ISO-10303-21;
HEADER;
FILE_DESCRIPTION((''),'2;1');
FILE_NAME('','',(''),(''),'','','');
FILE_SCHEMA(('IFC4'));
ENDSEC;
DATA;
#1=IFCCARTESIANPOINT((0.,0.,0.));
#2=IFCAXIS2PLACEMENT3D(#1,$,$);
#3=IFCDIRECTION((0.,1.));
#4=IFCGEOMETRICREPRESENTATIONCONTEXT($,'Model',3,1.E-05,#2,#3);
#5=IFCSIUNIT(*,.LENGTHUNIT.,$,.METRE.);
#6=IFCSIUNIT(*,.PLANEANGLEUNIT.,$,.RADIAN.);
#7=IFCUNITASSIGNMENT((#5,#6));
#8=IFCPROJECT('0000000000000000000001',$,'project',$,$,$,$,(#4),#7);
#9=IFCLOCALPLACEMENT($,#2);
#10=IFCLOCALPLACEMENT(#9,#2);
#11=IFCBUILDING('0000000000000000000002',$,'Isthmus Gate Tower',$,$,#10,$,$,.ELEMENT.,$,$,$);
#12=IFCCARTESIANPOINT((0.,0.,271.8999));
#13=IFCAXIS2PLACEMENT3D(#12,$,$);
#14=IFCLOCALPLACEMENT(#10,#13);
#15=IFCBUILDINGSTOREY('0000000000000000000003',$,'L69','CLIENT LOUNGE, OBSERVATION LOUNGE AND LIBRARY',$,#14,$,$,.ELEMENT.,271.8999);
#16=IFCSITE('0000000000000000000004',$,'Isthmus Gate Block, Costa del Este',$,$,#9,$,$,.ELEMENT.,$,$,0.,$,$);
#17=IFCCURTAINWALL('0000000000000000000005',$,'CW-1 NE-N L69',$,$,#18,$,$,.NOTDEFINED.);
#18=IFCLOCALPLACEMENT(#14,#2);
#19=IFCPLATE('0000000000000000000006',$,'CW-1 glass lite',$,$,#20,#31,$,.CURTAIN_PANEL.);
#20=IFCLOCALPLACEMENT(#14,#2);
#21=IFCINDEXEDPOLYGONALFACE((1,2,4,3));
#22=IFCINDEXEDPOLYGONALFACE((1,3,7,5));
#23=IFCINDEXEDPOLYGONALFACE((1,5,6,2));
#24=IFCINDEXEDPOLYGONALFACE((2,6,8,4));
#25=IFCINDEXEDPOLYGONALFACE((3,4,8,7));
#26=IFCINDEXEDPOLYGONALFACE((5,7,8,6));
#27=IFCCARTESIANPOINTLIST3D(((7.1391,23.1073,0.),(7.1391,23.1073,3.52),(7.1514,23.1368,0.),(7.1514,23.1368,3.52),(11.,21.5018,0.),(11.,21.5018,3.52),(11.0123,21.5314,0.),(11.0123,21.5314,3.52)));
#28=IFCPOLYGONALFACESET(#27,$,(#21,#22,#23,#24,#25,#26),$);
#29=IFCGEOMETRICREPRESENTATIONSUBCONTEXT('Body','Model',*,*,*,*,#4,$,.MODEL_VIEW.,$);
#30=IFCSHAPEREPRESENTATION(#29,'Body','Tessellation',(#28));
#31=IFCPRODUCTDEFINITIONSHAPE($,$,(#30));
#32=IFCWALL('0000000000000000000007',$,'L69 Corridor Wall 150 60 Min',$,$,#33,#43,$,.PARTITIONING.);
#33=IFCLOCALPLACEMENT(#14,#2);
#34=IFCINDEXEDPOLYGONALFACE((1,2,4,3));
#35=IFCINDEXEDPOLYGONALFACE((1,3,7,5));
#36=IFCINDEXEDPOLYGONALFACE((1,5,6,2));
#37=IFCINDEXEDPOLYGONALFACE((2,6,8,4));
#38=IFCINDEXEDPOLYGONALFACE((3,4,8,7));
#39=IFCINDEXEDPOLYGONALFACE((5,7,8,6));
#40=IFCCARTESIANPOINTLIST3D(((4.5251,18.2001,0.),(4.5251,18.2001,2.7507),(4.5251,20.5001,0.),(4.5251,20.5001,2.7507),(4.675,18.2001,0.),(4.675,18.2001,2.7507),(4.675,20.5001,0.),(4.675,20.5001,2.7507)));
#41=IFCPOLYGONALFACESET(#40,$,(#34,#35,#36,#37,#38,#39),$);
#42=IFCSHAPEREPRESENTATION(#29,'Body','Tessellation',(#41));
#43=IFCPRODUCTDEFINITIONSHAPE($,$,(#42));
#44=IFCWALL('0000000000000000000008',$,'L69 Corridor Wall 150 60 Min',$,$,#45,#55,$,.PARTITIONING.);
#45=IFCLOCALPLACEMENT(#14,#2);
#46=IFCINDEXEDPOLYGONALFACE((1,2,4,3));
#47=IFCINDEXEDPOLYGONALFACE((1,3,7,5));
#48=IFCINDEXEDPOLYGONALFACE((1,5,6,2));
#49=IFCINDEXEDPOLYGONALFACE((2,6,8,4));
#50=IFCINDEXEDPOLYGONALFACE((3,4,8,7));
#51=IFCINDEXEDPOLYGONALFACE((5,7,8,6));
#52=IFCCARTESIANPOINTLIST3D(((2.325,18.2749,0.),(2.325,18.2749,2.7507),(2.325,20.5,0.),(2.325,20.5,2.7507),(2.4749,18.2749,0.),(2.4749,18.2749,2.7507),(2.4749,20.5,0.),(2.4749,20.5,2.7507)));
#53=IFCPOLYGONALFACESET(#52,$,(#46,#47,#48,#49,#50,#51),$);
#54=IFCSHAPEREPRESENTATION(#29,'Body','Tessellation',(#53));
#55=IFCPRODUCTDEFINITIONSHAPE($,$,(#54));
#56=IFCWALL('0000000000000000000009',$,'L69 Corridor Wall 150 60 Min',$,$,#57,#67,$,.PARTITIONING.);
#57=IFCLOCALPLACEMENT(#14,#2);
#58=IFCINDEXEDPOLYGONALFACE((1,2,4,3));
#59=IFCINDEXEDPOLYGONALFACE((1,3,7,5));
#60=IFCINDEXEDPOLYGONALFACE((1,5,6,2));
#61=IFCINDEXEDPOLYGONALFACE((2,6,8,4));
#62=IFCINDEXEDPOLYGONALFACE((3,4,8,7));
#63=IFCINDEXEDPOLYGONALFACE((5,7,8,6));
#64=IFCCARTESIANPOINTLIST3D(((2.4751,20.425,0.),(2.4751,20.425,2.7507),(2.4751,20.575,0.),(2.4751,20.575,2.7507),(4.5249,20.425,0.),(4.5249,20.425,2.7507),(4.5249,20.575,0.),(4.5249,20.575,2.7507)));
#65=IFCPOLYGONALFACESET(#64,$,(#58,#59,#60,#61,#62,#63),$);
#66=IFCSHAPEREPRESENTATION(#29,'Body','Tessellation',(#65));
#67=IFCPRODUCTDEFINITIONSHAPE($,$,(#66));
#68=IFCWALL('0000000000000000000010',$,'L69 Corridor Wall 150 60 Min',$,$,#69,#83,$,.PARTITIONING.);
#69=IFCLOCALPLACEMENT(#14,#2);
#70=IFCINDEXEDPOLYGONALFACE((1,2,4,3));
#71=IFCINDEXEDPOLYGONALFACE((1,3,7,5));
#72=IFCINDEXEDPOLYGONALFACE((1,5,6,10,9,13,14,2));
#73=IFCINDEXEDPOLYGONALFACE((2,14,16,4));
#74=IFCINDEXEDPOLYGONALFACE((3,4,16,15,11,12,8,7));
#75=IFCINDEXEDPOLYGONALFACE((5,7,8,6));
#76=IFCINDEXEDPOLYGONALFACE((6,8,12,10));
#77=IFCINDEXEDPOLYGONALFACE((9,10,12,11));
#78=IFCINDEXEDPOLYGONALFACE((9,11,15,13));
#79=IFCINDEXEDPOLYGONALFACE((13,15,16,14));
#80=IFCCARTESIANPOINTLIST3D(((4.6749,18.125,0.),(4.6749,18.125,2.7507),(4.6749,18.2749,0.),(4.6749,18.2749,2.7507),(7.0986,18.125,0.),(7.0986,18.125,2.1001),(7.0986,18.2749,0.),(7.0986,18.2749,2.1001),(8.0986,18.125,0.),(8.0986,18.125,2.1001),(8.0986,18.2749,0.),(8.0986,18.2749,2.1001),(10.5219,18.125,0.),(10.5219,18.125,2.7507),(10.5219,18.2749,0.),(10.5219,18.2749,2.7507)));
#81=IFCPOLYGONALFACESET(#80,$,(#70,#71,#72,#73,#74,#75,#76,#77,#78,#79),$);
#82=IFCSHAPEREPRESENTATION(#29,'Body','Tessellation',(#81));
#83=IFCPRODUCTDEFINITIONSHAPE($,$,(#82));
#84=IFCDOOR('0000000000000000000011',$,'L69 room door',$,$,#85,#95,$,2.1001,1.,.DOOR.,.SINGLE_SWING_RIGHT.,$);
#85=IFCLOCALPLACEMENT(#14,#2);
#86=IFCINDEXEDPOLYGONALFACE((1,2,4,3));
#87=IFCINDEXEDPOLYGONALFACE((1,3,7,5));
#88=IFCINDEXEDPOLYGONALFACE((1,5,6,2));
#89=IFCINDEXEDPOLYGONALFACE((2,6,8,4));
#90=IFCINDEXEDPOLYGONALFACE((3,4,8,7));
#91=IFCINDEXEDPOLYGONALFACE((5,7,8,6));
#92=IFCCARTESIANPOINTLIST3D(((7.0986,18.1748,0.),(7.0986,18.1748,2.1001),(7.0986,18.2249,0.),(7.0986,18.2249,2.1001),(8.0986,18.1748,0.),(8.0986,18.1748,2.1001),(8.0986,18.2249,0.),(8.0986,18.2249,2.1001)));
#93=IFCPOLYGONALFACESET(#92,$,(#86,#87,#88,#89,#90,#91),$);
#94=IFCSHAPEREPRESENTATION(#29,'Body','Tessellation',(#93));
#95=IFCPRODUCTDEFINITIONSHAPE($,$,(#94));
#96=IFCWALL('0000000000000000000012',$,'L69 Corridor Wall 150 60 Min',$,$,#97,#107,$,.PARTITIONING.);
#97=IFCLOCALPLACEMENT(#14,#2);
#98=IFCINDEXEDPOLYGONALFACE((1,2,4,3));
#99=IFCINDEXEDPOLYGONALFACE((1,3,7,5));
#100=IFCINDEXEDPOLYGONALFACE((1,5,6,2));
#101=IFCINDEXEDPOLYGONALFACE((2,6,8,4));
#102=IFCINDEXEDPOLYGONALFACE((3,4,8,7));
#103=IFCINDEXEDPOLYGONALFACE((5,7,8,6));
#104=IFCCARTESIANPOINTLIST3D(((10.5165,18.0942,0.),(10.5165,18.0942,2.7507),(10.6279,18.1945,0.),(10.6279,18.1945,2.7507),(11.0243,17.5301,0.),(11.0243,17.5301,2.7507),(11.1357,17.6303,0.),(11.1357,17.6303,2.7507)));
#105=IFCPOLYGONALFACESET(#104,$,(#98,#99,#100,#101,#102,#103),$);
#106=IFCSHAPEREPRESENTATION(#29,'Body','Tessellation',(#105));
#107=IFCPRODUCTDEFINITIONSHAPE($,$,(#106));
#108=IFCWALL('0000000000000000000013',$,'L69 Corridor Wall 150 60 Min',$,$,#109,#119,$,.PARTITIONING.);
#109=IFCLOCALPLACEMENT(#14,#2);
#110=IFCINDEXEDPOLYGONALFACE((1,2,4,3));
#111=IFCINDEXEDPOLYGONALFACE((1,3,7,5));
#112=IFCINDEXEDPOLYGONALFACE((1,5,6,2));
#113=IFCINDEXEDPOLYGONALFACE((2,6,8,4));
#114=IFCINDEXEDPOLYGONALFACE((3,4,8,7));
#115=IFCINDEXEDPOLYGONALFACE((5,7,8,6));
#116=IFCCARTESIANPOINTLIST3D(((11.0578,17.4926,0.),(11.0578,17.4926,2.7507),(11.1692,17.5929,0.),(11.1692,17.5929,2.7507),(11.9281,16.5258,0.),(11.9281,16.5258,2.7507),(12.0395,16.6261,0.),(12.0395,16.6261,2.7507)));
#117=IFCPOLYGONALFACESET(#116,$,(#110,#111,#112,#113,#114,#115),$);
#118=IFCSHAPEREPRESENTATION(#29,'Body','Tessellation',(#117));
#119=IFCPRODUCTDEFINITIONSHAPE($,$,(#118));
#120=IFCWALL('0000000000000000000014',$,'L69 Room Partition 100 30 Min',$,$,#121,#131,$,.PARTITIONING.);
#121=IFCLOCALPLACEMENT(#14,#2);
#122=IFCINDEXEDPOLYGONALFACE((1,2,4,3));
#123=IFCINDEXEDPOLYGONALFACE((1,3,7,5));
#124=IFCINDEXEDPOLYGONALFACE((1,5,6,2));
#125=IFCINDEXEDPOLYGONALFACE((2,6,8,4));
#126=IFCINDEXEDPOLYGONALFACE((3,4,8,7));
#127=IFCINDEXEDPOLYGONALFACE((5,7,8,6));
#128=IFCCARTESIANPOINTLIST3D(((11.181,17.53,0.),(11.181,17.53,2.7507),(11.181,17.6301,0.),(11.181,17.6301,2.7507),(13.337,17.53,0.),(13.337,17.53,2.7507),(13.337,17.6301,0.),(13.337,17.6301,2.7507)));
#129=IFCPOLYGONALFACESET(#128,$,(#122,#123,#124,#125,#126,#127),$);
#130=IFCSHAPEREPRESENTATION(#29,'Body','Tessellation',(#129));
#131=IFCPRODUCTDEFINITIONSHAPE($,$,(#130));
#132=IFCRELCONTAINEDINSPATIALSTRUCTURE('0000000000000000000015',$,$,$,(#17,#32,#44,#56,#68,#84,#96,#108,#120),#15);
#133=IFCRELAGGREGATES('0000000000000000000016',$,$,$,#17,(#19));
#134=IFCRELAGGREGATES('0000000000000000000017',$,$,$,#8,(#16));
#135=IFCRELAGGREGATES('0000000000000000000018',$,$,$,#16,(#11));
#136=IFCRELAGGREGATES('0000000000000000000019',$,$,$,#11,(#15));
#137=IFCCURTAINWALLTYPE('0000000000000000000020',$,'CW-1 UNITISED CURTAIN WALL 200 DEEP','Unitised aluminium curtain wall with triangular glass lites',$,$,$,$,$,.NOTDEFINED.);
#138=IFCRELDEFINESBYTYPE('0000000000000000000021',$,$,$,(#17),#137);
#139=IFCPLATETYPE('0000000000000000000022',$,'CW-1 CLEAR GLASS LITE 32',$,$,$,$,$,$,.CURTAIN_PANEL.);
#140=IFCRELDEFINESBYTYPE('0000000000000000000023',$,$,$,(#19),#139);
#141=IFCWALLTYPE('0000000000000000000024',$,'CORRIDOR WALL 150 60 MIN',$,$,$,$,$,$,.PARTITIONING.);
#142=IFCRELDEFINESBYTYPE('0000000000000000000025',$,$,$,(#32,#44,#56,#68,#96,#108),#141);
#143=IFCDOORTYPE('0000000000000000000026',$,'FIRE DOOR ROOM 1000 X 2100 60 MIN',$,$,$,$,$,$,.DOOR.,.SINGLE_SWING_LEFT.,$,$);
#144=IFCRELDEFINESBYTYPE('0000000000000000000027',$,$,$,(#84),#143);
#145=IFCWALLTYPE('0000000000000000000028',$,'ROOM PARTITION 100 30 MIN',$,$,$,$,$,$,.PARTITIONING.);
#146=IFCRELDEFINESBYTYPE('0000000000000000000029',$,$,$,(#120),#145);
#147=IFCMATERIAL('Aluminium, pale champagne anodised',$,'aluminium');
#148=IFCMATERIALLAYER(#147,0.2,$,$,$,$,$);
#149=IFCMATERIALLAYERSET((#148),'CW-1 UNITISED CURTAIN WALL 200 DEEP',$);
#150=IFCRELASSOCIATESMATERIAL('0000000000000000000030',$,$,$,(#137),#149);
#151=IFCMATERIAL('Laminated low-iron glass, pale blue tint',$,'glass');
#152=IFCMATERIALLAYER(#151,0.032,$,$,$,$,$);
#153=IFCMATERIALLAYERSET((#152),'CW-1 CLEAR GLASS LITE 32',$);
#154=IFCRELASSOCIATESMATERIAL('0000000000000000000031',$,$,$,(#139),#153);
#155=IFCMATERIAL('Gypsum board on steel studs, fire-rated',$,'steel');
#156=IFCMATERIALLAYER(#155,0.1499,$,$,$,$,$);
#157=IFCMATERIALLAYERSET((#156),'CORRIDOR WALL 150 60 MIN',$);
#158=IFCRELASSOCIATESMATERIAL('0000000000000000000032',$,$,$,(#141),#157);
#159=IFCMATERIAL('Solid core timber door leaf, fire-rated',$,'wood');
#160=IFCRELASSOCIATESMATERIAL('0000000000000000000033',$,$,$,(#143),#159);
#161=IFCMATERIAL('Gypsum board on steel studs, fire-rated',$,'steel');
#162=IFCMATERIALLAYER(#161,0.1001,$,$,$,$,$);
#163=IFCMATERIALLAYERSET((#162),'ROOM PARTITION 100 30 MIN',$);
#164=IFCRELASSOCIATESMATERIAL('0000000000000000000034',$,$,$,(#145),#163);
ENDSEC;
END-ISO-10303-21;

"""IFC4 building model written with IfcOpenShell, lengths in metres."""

from ifc_helpers import new_model, si_unit, direction, frame, frame_2d, origin, origin_2d, place, context, subcontext, project, spatial, rectangle, extrude, material, layer, layer_set, type_object, element, fill, aggregate, save


model = new_model("IFC4")

# Units and contexts
model_context = context("Model", 3, precision=1e-05, world=origin(), true_north=direction((0.0, 1.0)))
body_context = subcontext(model_context, "Body", "Model", "MODEL_VIEW")
ifc_project = project(units=[si_unit("LENGTHUNIT", "METRE"), si_unit("PLANEANGLEUNIT", "RADIAN")], contexts=[model_context])

# Site, building, storey
site_placement = place(None, origin())
site = spatial("IfcSite", under=ifc_project, at=site_placement, Name="Isthmus Gate Block, Costa del Este", CompositionType="ELEMENT", RefElevation=0.0)
building_placement = place(site_placement, origin())
building = spatial("IfcBuilding", under=site, at=building_placement, Name="Isthmus Gate Tower", CompositionType="ELEMENT")
storey_placement = place(building_placement, frame((0.0, 0.0, 271.8999)))
storey = spatial("IfcBuildingStorey", under=building, at=storey_placement, Name="L69", Description="CLIENT LOUNGE, OBSERVATION LOUNGE AND LIBRARY", CompositionType="ELEMENT", Elevation=271.8999)

# Curtain wall
ifc_material_1 = material(Name="Aluminium, pale champagne anodised", Category="aluminium")
ifc_layer_1 = layer(ifc_material_1, 0.2)
ifc_layer_set_1 = layer_set([ifc_layer_1], Name="CW-1 UNITISED CURTAIN WALL 200 DEEP")
curtain_wall_type = type_object("IfcCurtainWallType", Name="CW-1 UNITISED CURTAIN WALL 200 DEEP", Description="Unitised aluminium curtain wall with triangular glass lites", PredefinedType="NOTDEFINED", material=ifc_layer_set_1)
curtain_wall_1_placement = place(storey_placement, origin())
curtain_wall_1 = element("IfcCurtainWall", 1, at=curtain_wall_1_placement, inside=storey, type_object=curtain_wall_type, Name="CW-1 NE-N L69", PredefinedType="NOTDEFINED")

# Plate
ifc_material_2 = material(Name="Laminated low-iron glass, pale blue tint", Category="glass")
ifc_layer_2 = layer(ifc_material_2, 0.032)
ifc_layer_set_2 = layer_set([ifc_layer_2], Name="CW-1 CLEAR GLASS LITE 32")
plate_type = type_object("IfcPlateType", Name="CW-1 CLEAR GLASS LITE 32", PredefinedType="CURTAIN_PANEL", material=ifc_layer_set_2)
plate_1_placement = place(storey_placement, frame((9.0757, 22.3193, 0.0), z_axis=(0.0, 0.0, 1.0), x_axis=(-0.923353, 0.383952, 0.0)))
plate_1 = element("IfcPlate", 2, at=plate_1_placement, type_object=plate_type, Name="CW-1 glass lite", PredefinedType="CURTAIN_PANEL", context=body_context, shape_type="SweptSolid", body=[
    extrude(rectangle(XDim=4.1814, YDim=0.032, at=origin_2d()), origin(), (0.0, 0.0, 1.0), 3.52),
])
aggregate(curtain_wall_1, [plate_1])

# Walls
ifc_material_3 = material(Name="Gypsum board on steel studs, fire-rated", Category="steel")
ifc_layer_3 = layer(ifc_material_3, 0.1499)
ifc_layer_set_3 = layer_set([ifc_layer_3], Name="CORRIDOR WALL 150 60 MIN")
wall_type_1 = type_object("IfcWallType", Name="CORRIDOR WALL 150 60 MIN", PredefinedType="PARTITIONING", material=ifc_layer_set_3)
wall_1_placement = place(storey_placement, frame((4.6001, 20.5, 0.0), z_axis=(0.0, 0.0, 1.0), x_axis=(0.0, -1.0, 0.0)))
element("IfcWall", 3, at=wall_1_placement, inside=storey, type_object=wall_type_1, Name="L69 Corridor Wall 150 60 Min", PredefinedType="PARTITIONING", context=body_context, shape_type="SweptSolid", body=[
    extrude(rectangle(XDim=2.3, YDim=0.1499, at=frame_2d((1.1499, 0.0))), origin(), (0.0, 0.0, 1.0), 2.7507),
])
wall_2_placement = place(storey_placement, frame((2.3999, 18.2749, 0.0), z_axis=(0.0, 0.0, 1.0), x_axis=(0.0, 1.0, 0.0)))
element("IfcWall", 4, at=wall_2_placement, inside=storey, type_object=wall_type_1, Name="L69 Corridor Wall 150 60 Min", PredefinedType="PARTITIONING", context=body_context, shape_type="SweptSolid", body=[
    extrude(rectangle(XDim=2.2251, YDim=0.1499, at=frame_2d((1.1125, 0.0))), origin(), (0.0, 0.0, 1.0), 2.7507),
])
wall_3_placement = place(storey_placement, frame((2.4751, 20.5, 0.0), z_axis=(0.0, 0.0, 1.0), x_axis=(1.0, 0.0, 0.0)))
element("IfcWall", 5, at=wall_3_placement, inside=storey, type_object=wall_type_1, Name="L69 Corridor Wall 150 60 Min", PredefinedType="PARTITIONING", context=body_context, shape_type="SweptSolid", body=[
    extrude(rectangle(XDim=2.0498, YDim=0.1499, at=frame_2d((1.0249, 0.0))), origin(), (0.0, 0.0, 1.0), 2.7507),
])

# Wall, opening, door
wall_4_placement = place(storey_placement, frame((4.675, 18.2, 0.0), z_axis=(0.0, 0.0, 1.0), x_axis=(1.0, 0.0, 0.0)))
wall_4 = element("IfcWall", 6, at=wall_4_placement, inside=storey, type_object=wall_type_1, Name="L69 Corridor Wall 150 60 Min", PredefinedType="PARTITIONING", context=body_context, shape_type="SweptSolid", body=[
    extrude(rectangle(XDim=5.8469, YDim=0.1499, at=frame_2d((2.9233, 0.0))), origin(), (0.0, 0.0, 1.0), 2.7507),
])
opening_placement = place(wall_4_placement, frame((2.4236, 0.0, 0.0)))
opening = element("IfcOpeningElement", 7, at=opening_placement, cuts=wall_4, PredefinedType="OPENING", context=body_context, shape_type="SweptSolid", body=[
    extrude(rectangle(XDim=1.0, YDim=2.1001, at=frame_2d((0.5, 1.05))), frame((0.0, 0.085, 0.0), z_axis=(0.0, -1.0, 0.0), x_axis=(1.0, 0.0, 0.0)), (0.0, 0.0, 1.0), 0.1699),
])
ifc_material_4 = material(Name="Solid core timber door leaf, fire-rated", Category="wood")
door_type = type_object("IfcDoorType", Name="FIRE DOOR ROOM 1000 X 2100 60 MIN", OperationType="SINGLE_SWING_LEFT", PredefinedType="DOOR", material=ifc_material_4)
door_placement = place(opening_placement, origin())
door = element("IfcDoor", 8, at=door_placement, inside=storey, type_object=door_type, Name="L69 room door", OperationType="SINGLE_SWING_RIGHT", OverallHeight=2.1001, OverallWidth=1.0, PredefinedType="DOOR", context=body_context, shape_type="SweptSolid", body=[
    extrude(rectangle(XDim=1.0, YDim=2.1001, at=frame_2d((0.5, 1.05))), frame((0.0, 0.0249, 0.0), z_axis=(0.0, -1.0, 0.0), x_axis=(1.0, 0.0, 0.0)), (0.0, 0.0, 1.0), 0.05),
])
fill(opening, door)

# Walls
wall_5_placement = place(storey_placement, frame((10.5723, 18.1443, 0.0), z_axis=(0.0, 0.0, 1.0), x_axis=(0.668983, -0.743278, 0.0)))
element("IfcWall", 9, at=wall_5_placement, inside=storey, type_object=wall_type_1, Name="L69 Corridor Wall 150 60 Min", PredefinedType="PARTITIONING", context=body_context, shape_type="SweptSolid", body=[
    extrude(rectangle(XDim=0.759, YDim=0.1499, at=frame_2d((0.3794, 0.0))), origin(), (0.0, 0.0, 1.0), 2.7507),
])
wall_6_placement = place(storey_placement, frame((11.1135, 17.5427, 0.0), z_axis=(0.0, 0.0, 1.0), x_axis=(0.669068, -0.743201, 0.0)))
element("IfcWall", 10, at=wall_6_placement, inside=storey, type_object=wall_type_1, Name="L69 Corridor Wall 150 60 Min", PredefinedType="PARTITIONING", context=body_context, shape_type="SweptSolid", body=[
    extrude(rectangle(XDim=1.3008, YDim=0.1499, at=frame_2d((0.6504, 0.0))), origin(), (0.0, 0.0, 1.0), 2.7507),
])
ifc_material_5 = material(Name="Gypsum board on steel studs, fire-rated", Category="steel")
ifc_layer_4 = layer(ifc_material_5, 0.1001)
ifc_layer_set_4 = layer_set([ifc_layer_4], Name="ROOM PARTITION 100 30 MIN")
wall_type_2 = type_object("IfcWallType", Name="ROOM PARTITION 100 30 MIN", PredefinedType="PARTITIONING", material=ifc_layer_set_4)
wall_7_placement = place(storey_placement, frame((11.1809, 17.5801, 0.0), z_axis=(0.0, 0.0, 1.0), x_axis=(1.0, 0.0, 0.0)))
element("IfcWall", 11, at=wall_7_placement, inside=storey, type_object=wall_type_2, Name="L69 Room Partition 100 30 Min", PredefinedType="PARTITIONING", context=body_context, shape_type="SweptSolid", body=[
    extrude(rectangle(XDim=2.156, YDim=0.1001, at=frame_2d((1.0781, 0.0))), origin(), (0.0, 0.0, 1.0), 2.7507),
])

save(model, "model.ifc")
